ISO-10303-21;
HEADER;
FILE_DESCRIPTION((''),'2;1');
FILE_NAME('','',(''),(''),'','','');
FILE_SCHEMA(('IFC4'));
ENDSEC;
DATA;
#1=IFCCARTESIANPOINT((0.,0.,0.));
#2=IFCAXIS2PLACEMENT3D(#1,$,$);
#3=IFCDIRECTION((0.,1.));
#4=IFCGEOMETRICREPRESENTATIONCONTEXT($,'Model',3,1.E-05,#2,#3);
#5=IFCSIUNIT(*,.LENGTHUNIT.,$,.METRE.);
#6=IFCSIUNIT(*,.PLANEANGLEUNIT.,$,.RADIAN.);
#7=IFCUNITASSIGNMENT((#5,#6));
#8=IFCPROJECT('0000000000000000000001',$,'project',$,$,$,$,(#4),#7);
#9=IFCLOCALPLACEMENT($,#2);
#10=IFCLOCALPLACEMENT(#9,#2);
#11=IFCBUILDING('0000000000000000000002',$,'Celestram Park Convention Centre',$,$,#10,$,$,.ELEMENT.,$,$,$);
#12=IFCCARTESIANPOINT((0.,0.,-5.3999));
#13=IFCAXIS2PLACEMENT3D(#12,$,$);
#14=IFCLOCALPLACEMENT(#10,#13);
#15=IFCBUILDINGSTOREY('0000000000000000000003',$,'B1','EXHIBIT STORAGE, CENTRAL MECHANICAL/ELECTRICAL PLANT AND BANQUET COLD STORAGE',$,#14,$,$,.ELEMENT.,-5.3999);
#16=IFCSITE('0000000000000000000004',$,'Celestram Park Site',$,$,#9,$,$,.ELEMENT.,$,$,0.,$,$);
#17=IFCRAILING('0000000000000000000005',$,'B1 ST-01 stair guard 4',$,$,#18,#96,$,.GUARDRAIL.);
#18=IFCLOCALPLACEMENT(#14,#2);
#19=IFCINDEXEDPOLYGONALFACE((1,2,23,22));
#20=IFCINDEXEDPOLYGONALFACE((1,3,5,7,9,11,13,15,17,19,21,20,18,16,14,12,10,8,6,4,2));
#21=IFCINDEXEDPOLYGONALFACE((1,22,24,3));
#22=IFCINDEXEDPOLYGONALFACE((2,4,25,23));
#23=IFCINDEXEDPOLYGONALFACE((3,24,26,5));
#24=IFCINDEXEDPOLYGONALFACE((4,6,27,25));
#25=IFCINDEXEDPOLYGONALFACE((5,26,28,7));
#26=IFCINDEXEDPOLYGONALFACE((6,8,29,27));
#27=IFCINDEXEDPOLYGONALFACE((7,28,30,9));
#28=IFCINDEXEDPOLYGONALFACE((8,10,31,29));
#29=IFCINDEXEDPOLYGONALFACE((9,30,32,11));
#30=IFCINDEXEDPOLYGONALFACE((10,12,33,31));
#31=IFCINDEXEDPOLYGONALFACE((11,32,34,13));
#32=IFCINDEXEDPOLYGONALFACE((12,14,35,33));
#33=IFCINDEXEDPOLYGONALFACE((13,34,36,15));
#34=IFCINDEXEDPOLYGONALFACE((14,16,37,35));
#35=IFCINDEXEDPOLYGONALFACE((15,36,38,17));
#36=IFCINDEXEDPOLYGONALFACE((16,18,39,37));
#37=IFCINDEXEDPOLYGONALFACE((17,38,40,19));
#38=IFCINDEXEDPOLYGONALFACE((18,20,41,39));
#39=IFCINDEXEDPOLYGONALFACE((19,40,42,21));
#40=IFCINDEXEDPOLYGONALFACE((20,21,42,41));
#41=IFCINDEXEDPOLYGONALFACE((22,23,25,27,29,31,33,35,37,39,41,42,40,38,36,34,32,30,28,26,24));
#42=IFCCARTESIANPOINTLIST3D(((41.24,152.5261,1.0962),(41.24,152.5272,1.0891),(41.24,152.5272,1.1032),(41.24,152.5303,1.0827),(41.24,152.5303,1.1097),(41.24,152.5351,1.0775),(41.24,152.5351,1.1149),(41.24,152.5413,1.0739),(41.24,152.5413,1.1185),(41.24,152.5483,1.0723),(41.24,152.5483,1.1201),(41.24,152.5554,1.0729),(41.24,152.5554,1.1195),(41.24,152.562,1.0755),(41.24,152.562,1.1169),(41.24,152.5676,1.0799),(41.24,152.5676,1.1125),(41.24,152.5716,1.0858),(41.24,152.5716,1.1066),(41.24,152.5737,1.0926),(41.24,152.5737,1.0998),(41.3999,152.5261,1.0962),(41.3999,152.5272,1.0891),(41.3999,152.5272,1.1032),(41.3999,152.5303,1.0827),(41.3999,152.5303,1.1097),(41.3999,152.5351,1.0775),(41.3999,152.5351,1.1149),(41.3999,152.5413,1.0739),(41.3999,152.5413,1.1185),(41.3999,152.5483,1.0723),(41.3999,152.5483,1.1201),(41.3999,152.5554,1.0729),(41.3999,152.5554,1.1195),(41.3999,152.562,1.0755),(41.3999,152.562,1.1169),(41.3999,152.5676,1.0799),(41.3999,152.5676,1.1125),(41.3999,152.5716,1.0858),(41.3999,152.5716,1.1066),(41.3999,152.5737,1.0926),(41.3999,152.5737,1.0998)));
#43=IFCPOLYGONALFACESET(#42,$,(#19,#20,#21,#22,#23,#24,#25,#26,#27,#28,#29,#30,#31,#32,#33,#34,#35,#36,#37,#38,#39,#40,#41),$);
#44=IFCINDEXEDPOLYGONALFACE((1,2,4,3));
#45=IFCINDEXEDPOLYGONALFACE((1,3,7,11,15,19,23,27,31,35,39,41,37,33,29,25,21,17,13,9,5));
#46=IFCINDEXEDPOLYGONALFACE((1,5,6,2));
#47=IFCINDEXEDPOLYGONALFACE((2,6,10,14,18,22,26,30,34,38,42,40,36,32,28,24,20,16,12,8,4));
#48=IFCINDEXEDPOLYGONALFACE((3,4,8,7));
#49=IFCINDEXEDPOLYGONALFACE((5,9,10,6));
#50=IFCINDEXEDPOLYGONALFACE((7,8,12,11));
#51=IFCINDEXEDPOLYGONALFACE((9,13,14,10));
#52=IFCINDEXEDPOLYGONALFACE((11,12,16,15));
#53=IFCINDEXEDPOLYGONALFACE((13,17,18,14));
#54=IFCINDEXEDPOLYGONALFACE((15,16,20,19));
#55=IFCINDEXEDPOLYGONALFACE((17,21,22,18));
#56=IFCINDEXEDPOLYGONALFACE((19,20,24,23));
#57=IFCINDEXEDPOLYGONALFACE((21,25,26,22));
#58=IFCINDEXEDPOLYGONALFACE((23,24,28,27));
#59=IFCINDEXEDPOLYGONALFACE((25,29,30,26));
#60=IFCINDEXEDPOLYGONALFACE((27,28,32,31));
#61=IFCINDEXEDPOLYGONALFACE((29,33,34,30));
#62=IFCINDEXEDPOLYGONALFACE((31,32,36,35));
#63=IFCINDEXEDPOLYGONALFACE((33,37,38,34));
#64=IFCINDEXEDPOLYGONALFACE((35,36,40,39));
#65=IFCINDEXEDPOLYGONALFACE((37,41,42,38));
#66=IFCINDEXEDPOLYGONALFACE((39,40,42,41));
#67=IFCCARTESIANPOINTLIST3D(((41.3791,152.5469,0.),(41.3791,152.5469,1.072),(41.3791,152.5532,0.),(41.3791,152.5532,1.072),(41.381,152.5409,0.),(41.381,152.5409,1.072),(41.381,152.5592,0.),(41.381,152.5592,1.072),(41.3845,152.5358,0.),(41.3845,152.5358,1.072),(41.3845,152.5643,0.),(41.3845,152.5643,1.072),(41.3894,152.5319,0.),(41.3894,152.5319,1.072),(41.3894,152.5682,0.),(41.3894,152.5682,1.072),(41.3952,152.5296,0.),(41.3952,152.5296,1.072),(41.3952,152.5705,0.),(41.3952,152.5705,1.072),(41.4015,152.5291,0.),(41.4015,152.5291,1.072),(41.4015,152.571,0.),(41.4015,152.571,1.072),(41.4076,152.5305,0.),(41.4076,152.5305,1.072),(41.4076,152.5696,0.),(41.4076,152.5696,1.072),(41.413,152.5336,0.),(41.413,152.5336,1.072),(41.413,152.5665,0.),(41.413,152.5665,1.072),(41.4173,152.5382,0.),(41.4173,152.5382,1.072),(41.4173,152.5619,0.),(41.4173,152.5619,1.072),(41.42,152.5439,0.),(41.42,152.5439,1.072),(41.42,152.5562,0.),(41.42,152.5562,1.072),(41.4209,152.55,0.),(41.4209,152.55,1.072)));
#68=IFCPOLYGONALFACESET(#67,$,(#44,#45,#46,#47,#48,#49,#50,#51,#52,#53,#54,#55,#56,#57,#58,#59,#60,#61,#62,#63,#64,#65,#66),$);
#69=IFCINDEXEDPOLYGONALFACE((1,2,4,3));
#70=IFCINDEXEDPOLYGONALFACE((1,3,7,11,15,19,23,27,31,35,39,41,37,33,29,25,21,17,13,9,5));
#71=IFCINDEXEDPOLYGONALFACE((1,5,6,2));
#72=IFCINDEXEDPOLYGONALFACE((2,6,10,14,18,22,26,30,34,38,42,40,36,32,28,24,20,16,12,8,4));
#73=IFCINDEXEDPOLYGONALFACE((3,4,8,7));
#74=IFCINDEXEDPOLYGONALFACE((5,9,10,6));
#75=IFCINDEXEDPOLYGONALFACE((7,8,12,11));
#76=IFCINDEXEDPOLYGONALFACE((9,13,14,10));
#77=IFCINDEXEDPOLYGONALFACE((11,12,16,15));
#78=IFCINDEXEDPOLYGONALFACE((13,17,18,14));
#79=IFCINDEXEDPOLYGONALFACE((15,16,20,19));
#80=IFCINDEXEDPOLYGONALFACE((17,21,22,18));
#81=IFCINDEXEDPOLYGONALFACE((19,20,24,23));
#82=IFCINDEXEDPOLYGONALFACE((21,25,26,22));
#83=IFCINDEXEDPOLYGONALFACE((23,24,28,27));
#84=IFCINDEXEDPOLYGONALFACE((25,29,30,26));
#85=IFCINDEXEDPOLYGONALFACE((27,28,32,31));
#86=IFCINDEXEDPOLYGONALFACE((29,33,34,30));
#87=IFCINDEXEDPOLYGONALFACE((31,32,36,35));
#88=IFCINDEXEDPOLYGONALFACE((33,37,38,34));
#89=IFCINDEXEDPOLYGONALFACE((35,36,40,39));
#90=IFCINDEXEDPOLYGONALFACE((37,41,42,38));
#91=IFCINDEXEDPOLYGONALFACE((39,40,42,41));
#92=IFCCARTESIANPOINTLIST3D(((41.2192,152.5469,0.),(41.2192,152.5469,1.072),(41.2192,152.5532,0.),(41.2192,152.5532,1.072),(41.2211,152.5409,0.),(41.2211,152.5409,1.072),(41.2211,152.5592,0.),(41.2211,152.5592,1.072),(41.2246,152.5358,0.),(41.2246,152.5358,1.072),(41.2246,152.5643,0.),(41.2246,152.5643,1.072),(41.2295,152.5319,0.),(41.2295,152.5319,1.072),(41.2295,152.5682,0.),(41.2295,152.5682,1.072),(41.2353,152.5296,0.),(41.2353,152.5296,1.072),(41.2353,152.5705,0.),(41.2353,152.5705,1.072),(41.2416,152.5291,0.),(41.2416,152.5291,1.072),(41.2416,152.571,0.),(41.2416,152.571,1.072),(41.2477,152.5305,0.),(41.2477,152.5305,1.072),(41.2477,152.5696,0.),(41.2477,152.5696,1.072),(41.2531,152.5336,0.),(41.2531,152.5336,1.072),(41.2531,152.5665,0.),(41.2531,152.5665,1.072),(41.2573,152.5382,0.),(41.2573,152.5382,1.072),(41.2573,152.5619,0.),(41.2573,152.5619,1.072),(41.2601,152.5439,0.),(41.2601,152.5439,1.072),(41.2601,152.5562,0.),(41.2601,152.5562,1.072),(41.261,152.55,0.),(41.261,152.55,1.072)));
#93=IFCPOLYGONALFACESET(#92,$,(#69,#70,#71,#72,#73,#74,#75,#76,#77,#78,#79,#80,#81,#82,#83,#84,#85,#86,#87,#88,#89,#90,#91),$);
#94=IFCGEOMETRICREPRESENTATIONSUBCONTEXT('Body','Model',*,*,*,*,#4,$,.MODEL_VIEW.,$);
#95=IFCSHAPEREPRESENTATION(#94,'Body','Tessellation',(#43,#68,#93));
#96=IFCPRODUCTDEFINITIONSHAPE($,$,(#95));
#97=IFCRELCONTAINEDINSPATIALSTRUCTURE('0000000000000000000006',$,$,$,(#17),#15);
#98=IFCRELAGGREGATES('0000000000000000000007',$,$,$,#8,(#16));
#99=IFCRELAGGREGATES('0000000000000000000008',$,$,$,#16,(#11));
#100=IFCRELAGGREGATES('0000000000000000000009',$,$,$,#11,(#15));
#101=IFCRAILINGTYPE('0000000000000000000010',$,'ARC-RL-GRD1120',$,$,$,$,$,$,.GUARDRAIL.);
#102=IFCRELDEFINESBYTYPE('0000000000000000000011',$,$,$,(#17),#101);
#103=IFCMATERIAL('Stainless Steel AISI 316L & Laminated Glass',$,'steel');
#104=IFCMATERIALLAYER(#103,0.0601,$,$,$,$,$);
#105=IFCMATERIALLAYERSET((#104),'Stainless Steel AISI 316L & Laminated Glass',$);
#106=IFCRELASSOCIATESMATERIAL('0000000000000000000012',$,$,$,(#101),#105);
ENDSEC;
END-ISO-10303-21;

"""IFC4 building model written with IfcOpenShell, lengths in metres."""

from ifc_helpers import new_model, si_unit, direction, frame, origin, origin_2d, place, context, subcontext, project, spatial, circle, extrude, material, layer, layer_set, type_object, element, save


model = new_model("IFC4")

# Units and contexts
model_context = context("Model", 3, precision=1e-05, world=origin(), true_north=direction((0.0, 1.0)))
body_context = subcontext(model_context, "Body", "Model", "MODEL_VIEW")
ifc_project = project(units=[si_unit("LENGTHUNIT", "METRE"), si_unit("PLANEANGLEUNIT", "RADIAN")], contexts=[model_context])

# Site, building, storey
site_placement = place(None, origin())
site = spatial("IfcSite", under=ifc_project, at=site_placement, Name="Celestram Park Site", CompositionType="ELEMENT", RefElevation=0.0)
building_placement = place(site_placement, origin())
building = spatial("IfcBuilding", under=site, at=building_placement, Name="Celestram Park Convention Centre", CompositionType="ELEMENT")
storey_placement = place(building_placement, frame((0.0, 0.0, -5.3999)))
storey = spatial("IfcBuildingStorey", under=building, at=storey_placement, Name="B1", Description="EXHIBIT STORAGE, CENTRAL MECHANICAL/ELECTRICAL PLANT AND BANQUET COLD STORAGE", CompositionType="ELEMENT", Elevation=-5.3999)

# Railing
ifc_material_1 = material(Name="Stainless Steel AISI 316L & Laminated Glass", Category="steel")
ifc_layer_1 = layer(ifc_material_1, 0.0601)
ifc_layer_set_1 = layer_set([ifc_layer_1], Name="Stainless Steel AISI 316L & Laminated Glass")
railing_type = type_object("IfcRailingType", Name="ARC-RL-GRD1120", PredefinedType="GUARDRAIL", material=ifc_layer_set_1)
railing_placement = place(storey_placement, frame((41.3999, 152.55, 0.0)))
element("IfcRailing", 1, at=railing_placement, inside=storey, type_object=railing_type, Name="B1 ST-01 stair guard 4", PredefinedType="GUARDRAIL", context=body_context, shape_type="SweptSolid", body=[
    extrude(circle(Radius=0.0239, at=origin_2d()), frame((0.0, 0.0, 1.0962), z_axis=(-1.0, 0.0, 0.0), x_axis=(0.0, -1.0, 0.0)), (0.0, 0.0, 1.0), 0.1599),
    extrude(circle(Radius=0.021, at=origin_2d()), origin(), (0.0, 0.0, 1.0), 1.072),
    extrude(circle(Radius=0.021, at=origin_2d()), frame((-0.1599, 0.0, 0.0)), (0.0, 0.0, 1.0), 1.072),
])

save(model, "model.ifc")
